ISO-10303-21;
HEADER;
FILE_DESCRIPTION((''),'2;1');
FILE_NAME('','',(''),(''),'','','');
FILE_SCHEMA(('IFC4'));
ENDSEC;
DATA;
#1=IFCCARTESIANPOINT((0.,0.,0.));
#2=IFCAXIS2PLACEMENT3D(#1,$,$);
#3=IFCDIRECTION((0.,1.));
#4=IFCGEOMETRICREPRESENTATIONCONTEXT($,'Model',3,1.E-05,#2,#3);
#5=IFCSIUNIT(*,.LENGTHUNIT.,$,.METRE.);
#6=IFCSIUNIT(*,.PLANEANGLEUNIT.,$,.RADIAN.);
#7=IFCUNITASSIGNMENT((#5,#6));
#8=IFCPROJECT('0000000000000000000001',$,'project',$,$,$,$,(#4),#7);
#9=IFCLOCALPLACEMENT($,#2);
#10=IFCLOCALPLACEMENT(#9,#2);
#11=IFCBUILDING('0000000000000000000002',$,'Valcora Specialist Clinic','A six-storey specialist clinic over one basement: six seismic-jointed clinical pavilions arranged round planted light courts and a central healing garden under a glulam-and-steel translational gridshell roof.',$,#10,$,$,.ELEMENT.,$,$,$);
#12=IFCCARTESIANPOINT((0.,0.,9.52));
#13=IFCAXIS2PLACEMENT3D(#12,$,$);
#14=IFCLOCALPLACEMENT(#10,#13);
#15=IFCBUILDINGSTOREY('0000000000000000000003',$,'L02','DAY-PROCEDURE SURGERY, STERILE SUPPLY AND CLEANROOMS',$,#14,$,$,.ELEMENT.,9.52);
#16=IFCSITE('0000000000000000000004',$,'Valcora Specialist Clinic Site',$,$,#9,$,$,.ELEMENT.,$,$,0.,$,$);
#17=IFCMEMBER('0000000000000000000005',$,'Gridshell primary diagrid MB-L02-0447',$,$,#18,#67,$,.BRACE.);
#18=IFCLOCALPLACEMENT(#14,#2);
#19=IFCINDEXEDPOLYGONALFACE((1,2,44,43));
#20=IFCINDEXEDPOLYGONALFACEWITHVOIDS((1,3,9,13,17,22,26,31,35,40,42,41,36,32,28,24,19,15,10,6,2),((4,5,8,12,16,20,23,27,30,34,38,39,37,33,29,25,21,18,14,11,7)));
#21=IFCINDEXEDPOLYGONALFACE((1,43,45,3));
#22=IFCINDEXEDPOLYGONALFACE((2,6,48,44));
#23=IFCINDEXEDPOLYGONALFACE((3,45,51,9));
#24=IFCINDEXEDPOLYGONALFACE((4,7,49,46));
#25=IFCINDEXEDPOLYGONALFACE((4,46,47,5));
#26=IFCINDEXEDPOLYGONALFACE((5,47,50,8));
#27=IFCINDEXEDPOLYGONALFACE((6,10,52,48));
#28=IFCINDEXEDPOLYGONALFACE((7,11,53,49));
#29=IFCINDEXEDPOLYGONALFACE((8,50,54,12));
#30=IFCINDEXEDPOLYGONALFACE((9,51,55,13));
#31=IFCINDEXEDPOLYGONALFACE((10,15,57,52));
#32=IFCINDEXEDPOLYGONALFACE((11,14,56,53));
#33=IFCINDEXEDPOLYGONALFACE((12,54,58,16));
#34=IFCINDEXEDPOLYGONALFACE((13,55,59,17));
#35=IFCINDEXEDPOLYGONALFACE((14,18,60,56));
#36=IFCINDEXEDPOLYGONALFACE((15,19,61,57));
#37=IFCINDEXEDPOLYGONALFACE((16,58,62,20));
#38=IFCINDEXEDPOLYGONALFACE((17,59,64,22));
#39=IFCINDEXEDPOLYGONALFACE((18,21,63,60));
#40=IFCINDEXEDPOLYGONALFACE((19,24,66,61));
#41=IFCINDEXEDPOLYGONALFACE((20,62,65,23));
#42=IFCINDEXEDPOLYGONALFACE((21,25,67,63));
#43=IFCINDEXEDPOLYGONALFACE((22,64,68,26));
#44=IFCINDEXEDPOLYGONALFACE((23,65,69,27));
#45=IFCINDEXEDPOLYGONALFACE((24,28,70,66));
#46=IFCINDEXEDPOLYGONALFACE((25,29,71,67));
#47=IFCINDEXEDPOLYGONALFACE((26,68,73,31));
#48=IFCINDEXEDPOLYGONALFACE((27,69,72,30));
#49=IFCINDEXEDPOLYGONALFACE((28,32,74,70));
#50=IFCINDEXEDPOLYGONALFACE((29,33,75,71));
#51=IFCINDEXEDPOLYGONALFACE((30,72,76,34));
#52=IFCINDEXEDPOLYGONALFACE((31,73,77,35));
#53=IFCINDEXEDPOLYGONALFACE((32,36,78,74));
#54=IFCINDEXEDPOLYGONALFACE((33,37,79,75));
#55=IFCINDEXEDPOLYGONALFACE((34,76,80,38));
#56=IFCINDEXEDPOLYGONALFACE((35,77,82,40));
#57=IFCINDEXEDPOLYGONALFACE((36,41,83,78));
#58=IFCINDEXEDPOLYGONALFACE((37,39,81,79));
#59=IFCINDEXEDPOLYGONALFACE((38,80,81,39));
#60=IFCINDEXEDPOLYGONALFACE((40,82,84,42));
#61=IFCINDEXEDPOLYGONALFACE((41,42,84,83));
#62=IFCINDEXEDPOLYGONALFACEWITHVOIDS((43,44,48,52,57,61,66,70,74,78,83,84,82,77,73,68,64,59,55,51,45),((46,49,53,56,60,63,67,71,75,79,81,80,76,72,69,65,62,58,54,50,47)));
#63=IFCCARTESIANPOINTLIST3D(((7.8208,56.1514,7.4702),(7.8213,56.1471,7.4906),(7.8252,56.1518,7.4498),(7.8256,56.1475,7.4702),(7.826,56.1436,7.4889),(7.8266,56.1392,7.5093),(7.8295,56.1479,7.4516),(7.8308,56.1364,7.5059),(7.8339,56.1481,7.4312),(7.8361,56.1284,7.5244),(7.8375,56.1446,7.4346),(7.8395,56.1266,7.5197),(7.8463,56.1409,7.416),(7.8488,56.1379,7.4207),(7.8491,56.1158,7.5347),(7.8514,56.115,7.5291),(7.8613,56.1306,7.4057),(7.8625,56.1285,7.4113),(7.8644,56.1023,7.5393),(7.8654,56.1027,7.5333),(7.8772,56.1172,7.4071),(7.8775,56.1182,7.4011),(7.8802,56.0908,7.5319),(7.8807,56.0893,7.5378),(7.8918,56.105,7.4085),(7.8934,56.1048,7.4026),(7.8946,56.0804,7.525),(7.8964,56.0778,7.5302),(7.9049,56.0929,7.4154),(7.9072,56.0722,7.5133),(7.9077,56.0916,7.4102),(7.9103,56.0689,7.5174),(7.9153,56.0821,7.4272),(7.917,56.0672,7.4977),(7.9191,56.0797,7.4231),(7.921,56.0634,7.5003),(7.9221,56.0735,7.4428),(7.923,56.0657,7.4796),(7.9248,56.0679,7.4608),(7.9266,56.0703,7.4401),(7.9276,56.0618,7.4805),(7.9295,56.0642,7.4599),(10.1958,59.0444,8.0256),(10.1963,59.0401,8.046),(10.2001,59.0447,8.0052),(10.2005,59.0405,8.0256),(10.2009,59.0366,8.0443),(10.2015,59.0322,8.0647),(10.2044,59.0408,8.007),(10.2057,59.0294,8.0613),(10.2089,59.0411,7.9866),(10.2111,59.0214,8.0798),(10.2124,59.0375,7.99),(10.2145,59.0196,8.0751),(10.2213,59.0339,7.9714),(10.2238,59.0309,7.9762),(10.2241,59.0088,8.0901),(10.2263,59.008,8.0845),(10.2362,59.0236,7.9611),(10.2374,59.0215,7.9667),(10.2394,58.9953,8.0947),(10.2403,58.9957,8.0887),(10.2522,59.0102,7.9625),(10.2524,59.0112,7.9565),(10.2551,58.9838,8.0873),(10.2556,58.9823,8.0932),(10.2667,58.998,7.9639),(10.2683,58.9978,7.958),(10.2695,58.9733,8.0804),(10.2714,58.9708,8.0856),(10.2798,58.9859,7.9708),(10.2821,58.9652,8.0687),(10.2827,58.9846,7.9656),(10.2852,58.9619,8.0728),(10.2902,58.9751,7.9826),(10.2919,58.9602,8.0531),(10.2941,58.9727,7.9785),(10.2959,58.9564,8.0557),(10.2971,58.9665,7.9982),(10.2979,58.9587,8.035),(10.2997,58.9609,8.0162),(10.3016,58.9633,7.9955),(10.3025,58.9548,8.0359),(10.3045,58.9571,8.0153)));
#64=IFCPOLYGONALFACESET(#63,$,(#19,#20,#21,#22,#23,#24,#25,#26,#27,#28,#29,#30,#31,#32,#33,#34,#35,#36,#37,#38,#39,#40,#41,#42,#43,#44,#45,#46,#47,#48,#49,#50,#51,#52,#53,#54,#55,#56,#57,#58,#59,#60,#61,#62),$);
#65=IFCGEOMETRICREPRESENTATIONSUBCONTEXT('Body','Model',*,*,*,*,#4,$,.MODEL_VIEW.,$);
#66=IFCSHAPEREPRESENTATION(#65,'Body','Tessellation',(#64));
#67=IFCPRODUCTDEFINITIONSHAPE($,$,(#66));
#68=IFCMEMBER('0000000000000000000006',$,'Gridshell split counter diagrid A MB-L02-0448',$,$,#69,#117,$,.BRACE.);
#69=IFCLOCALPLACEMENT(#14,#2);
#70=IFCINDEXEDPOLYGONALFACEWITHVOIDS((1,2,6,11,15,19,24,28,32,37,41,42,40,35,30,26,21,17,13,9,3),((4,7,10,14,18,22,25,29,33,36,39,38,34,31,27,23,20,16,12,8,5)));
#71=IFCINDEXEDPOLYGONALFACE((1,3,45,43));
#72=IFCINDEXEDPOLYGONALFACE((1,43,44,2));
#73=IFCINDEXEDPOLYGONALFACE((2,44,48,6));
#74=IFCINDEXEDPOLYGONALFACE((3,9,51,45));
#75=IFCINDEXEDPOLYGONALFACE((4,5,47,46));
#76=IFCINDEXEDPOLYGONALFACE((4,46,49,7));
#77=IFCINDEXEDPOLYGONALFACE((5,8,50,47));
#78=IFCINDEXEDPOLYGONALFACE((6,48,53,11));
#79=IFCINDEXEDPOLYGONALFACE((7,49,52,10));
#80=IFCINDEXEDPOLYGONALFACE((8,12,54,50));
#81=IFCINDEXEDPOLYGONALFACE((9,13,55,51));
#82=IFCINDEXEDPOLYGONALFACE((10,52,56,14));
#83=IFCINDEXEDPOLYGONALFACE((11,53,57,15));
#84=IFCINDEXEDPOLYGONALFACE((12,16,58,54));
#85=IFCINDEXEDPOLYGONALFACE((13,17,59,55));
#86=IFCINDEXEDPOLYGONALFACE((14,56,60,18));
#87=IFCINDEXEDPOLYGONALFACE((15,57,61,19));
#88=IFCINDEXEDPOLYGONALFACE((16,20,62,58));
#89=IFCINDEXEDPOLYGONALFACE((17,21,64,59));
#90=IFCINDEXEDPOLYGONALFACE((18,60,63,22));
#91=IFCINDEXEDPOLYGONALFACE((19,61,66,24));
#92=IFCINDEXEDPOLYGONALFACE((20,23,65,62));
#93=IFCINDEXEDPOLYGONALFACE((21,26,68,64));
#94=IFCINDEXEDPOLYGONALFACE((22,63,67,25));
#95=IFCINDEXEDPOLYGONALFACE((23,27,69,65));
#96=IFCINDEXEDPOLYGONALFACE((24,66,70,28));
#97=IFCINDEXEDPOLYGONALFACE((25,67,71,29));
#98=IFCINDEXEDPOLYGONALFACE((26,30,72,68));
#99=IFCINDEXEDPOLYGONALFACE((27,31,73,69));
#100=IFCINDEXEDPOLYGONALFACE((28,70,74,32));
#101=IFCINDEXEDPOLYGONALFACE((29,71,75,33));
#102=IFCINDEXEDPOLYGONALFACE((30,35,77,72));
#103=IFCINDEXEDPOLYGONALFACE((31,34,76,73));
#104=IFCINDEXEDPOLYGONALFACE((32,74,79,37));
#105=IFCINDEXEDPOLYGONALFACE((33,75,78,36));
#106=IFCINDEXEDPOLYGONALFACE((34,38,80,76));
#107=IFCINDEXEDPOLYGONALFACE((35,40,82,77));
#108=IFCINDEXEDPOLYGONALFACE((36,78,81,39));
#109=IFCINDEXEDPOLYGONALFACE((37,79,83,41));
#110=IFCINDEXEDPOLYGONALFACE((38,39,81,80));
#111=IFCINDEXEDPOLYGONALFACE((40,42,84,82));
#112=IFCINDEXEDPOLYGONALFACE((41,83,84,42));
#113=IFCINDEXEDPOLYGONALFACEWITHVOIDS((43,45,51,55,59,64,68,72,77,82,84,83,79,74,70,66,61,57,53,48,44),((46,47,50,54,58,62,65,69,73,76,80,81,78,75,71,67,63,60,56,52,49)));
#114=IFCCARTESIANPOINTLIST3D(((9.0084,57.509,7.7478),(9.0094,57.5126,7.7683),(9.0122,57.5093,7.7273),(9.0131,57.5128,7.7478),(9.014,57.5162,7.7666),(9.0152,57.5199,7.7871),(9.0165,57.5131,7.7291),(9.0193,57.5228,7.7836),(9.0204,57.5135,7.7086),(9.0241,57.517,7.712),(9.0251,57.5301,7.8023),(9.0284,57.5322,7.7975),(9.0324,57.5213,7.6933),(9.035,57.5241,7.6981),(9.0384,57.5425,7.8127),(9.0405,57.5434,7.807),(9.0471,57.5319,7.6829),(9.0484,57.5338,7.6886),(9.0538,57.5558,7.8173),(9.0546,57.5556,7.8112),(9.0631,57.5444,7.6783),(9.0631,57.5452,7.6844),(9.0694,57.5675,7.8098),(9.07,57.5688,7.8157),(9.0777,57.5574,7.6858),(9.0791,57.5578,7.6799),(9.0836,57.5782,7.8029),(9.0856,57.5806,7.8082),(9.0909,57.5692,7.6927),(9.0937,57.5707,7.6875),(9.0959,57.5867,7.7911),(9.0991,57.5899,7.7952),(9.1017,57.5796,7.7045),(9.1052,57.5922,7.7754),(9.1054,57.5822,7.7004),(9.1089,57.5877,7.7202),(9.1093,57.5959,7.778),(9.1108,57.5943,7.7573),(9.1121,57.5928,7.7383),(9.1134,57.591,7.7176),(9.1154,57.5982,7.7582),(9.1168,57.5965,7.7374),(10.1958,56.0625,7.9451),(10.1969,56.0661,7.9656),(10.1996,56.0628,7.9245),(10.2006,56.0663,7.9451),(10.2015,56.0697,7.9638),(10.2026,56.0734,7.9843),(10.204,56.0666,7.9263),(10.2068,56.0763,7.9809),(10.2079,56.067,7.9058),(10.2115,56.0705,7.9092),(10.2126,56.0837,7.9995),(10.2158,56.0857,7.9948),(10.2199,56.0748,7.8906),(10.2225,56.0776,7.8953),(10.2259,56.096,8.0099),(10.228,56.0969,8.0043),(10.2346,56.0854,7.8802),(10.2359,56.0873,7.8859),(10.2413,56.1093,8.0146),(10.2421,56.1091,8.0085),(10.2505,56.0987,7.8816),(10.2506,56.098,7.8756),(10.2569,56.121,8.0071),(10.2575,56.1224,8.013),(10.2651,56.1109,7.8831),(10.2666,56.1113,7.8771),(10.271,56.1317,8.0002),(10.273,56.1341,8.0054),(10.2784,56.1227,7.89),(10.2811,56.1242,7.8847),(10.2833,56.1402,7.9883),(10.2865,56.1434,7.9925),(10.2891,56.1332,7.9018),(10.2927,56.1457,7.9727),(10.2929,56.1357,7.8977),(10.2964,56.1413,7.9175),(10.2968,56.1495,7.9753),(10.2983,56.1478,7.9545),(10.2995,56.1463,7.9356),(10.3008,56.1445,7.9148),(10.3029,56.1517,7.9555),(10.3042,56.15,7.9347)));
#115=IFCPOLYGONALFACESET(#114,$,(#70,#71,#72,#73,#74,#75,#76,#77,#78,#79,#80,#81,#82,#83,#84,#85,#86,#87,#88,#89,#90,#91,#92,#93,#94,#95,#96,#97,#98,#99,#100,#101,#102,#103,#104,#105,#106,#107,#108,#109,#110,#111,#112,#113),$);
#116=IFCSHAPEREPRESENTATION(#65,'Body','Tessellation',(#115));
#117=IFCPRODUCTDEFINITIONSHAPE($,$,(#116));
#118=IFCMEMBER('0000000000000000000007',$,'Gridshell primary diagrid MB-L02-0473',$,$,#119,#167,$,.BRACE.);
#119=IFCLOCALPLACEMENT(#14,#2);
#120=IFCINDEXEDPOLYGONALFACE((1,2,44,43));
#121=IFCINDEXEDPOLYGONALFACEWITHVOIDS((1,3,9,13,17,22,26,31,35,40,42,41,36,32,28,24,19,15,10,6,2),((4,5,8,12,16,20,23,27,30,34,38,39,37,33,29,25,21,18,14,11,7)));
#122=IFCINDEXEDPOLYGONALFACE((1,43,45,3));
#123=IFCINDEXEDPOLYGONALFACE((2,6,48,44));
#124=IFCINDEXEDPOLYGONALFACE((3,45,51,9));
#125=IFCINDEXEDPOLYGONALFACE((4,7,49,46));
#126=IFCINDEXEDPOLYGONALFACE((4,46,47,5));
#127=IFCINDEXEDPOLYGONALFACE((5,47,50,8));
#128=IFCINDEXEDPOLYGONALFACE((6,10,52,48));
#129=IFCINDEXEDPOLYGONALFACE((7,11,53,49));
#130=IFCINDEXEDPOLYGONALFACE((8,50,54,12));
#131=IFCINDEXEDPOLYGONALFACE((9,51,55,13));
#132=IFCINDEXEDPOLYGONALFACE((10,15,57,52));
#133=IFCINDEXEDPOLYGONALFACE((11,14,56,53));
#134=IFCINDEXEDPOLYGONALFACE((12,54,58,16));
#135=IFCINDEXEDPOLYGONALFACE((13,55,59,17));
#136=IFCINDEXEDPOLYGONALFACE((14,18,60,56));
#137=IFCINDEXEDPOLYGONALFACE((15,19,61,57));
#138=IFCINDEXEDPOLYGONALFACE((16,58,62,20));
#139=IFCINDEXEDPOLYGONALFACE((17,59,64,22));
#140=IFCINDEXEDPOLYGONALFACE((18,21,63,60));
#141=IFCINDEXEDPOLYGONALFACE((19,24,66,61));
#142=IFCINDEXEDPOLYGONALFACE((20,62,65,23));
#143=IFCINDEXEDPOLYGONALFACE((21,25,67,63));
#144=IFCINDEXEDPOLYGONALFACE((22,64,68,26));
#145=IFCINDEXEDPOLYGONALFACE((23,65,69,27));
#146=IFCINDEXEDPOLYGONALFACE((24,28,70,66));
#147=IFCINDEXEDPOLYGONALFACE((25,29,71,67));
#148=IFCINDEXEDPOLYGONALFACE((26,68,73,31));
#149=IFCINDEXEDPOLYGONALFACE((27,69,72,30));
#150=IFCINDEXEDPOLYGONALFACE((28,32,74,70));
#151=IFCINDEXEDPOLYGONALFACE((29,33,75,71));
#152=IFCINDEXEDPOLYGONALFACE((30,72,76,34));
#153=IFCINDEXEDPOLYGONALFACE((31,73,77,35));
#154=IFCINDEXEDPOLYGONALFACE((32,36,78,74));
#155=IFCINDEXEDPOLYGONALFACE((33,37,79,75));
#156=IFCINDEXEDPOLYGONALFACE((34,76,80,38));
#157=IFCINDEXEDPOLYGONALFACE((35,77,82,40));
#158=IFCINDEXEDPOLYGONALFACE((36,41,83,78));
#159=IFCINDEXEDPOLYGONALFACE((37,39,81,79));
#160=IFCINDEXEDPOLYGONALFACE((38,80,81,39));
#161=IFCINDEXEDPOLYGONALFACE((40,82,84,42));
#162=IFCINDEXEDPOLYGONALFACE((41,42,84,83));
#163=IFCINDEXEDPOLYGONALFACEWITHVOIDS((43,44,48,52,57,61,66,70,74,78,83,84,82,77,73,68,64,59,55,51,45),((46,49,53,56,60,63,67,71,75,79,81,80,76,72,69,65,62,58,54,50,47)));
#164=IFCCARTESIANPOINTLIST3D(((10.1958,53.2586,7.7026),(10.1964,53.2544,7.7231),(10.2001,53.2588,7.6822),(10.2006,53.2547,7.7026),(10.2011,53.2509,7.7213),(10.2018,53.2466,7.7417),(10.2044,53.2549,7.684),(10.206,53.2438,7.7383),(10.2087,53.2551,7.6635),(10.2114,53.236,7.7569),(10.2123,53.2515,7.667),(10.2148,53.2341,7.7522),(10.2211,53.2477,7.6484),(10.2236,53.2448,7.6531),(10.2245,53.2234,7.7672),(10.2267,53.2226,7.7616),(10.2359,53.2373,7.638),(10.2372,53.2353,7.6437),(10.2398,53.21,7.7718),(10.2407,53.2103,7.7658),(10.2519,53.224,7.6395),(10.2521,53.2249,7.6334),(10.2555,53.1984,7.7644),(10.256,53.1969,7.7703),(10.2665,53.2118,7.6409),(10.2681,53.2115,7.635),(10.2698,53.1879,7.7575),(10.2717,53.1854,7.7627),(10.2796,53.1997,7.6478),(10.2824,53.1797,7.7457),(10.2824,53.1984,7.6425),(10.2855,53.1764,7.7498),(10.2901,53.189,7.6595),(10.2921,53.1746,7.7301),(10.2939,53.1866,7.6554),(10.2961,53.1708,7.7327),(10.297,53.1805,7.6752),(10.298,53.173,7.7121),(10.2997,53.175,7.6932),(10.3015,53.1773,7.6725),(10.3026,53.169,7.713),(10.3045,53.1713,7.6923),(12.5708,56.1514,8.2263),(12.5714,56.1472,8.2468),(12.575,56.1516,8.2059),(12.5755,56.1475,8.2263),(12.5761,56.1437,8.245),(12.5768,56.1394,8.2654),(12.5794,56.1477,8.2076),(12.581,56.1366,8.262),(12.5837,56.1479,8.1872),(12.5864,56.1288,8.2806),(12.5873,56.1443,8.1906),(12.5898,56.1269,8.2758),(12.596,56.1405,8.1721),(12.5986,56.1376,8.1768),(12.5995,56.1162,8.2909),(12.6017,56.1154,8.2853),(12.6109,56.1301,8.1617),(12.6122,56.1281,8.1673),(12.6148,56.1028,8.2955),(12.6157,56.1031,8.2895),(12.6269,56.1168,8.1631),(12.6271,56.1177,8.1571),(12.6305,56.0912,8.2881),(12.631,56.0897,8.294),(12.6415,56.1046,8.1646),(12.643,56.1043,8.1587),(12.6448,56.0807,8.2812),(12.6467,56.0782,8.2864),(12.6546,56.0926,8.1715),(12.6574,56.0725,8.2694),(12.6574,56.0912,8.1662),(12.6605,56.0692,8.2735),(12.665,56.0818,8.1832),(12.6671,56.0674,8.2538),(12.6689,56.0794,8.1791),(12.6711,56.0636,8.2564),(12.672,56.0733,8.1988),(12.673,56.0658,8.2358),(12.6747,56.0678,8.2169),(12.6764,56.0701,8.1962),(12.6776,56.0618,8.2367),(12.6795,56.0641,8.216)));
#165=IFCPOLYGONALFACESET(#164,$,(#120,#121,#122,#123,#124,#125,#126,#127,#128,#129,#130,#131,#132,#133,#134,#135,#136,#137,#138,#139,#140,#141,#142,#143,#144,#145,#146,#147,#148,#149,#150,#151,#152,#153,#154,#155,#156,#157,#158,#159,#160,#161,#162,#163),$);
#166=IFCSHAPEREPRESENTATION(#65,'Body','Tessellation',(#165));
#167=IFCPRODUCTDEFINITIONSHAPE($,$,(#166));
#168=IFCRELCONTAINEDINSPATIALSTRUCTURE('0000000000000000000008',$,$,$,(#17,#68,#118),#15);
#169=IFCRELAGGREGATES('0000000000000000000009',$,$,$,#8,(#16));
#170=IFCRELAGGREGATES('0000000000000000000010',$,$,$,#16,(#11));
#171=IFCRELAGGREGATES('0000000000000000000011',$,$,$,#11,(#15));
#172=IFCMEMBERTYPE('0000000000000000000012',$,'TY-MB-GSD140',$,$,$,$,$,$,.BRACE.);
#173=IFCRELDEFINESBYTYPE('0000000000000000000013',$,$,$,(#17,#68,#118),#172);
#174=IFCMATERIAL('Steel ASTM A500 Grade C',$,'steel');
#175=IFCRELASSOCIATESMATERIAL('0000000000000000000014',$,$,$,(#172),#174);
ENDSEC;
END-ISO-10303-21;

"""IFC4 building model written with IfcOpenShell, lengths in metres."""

from ifc_helpers import new_model, si_unit, direction, frame, origin, origin_2d, place, context, subcontext, project, spatial, hollow_circle, extrude, material, material_profile, profile_set, type_object, element, save


model = new_model("IFC4")

# Units and contexts
model_context = context("Model", 3, precision=1e-05, world=origin(), true_north=direction((0.0, 1.0)))
body_context = subcontext(model_context, "Body", "Model", "MODEL_VIEW")
ifc_project = project(units=[si_unit("LENGTHUNIT", "METRE"), si_unit("PLANEANGLEUNIT", "RADIAN")], contexts=[model_context])

# Site, building, storey
site_placement = place(None, origin())
site = spatial("IfcSite", under=ifc_project, at=site_placement, Name="Valcora Specialist Clinic Site", CompositionType="ELEMENT", RefElevation=0.0)
building_placement = place(site_placement, origin())
building = spatial("IfcBuilding", under=site, at=building_placement, Name="Valcora Specialist Clinic", Description="A six-storey specialist clinic over one basement: six seismic-jointed clinical pavilions arranged round planted light courts and a central healing garden under a glulam-and-steel translational gridshell roof.", CompositionType="ELEMENT")
storey_placement = place(building_placement, frame((0.0, 0.0, 9.52)))
storey = spatial("IfcBuildingStorey", under=building, at=storey_placement, Name="L02", Description="DAY-PROCEDURE SURGERY, STERILE SUPPLY AND CLEANROOMS", CompositionType="ELEMENT", Elevation=9.52)

# Members
ifc_material_1 = material(Name="Steel ASTM A500 Grade C", Category="steel")
ifc_material_profile_1 = material_profile(ifc_material_1, hollow_circle(Radius=0.0701, WallThickness=0.0061, at=origin_2d()), Name="ST-CHS-140X6")
ifc_profile_set_1 = profile_set([ifc_material_profile_1], Name="Steel ASTM A500 Grade C")
member_type_1 = type_object("IfcMemberType", Name="TY-MB-GSD140", PredefinedType="BRACE", material=ifc_profile_set_1)
member_1_placement = place(storey_placement, frame((7.875, 56.1069, 7.4702), z_axis=(0.627636, 0.764545, 0.14678), x_axis=(-0.772916, 0.634508, 0.0)))
element("IfcMember", 1, at=member_1_placement, inside=storey, type_object=member_type_1, Name="Gridshell primary diagrid MB-L02-0447", PredefinedType="BRACE", context=body_context, shape_type="SweptSolid", body=[
    extrude(hollow_circle(Radius=0.0701, WallThickness=0.0061, at=origin_2d()), origin(), (0.0, 0.0, 1.0), 3.7839),
])
member_2_placement = place(storey_placement, frame((10.25, 56.1069, 7.9451), z_axis=(-0.631013, 0.768658, -0.104823), x_axis=(-0.772916, -0.634508, 0.0)))
element("IfcMember", 2, at=member_2_placement, inside=storey, type_object=member_type_1, Name="Gridshell split counter diagrid A MB-L02-0448", PredefinedType="BRACE", context=body_context, shape_type="SweptSolid", body=[
    extrude(hollow_circle(Radius=0.0701, WallThickness=0.0061, at=origin_2d()), origin(), (0.0, 0.0, 1.0), 1.8818),
])
member_3_placement = place(storey_placement, frame((10.25, 53.2141, 7.7026), z_axis=(0.628419, 0.765434, 0.138565), x_axis=(-0.77289, 0.63454, 0.0)))
element("IfcMember", 3, at=member_3_placement, inside=storey, type_object=member_type_1, Name="Gridshell primary diagrid MB-L02-0473", PredefinedType="BRACE", context=body_context, shape_type="SweptSolid", body=[
    extrude(hollow_circle(Radius=0.0701, WallThickness=0.0061, at=origin_2d()), origin(), (0.0, 0.0, 1.0), 3.7793),
])

save(model, "model.ifc")
